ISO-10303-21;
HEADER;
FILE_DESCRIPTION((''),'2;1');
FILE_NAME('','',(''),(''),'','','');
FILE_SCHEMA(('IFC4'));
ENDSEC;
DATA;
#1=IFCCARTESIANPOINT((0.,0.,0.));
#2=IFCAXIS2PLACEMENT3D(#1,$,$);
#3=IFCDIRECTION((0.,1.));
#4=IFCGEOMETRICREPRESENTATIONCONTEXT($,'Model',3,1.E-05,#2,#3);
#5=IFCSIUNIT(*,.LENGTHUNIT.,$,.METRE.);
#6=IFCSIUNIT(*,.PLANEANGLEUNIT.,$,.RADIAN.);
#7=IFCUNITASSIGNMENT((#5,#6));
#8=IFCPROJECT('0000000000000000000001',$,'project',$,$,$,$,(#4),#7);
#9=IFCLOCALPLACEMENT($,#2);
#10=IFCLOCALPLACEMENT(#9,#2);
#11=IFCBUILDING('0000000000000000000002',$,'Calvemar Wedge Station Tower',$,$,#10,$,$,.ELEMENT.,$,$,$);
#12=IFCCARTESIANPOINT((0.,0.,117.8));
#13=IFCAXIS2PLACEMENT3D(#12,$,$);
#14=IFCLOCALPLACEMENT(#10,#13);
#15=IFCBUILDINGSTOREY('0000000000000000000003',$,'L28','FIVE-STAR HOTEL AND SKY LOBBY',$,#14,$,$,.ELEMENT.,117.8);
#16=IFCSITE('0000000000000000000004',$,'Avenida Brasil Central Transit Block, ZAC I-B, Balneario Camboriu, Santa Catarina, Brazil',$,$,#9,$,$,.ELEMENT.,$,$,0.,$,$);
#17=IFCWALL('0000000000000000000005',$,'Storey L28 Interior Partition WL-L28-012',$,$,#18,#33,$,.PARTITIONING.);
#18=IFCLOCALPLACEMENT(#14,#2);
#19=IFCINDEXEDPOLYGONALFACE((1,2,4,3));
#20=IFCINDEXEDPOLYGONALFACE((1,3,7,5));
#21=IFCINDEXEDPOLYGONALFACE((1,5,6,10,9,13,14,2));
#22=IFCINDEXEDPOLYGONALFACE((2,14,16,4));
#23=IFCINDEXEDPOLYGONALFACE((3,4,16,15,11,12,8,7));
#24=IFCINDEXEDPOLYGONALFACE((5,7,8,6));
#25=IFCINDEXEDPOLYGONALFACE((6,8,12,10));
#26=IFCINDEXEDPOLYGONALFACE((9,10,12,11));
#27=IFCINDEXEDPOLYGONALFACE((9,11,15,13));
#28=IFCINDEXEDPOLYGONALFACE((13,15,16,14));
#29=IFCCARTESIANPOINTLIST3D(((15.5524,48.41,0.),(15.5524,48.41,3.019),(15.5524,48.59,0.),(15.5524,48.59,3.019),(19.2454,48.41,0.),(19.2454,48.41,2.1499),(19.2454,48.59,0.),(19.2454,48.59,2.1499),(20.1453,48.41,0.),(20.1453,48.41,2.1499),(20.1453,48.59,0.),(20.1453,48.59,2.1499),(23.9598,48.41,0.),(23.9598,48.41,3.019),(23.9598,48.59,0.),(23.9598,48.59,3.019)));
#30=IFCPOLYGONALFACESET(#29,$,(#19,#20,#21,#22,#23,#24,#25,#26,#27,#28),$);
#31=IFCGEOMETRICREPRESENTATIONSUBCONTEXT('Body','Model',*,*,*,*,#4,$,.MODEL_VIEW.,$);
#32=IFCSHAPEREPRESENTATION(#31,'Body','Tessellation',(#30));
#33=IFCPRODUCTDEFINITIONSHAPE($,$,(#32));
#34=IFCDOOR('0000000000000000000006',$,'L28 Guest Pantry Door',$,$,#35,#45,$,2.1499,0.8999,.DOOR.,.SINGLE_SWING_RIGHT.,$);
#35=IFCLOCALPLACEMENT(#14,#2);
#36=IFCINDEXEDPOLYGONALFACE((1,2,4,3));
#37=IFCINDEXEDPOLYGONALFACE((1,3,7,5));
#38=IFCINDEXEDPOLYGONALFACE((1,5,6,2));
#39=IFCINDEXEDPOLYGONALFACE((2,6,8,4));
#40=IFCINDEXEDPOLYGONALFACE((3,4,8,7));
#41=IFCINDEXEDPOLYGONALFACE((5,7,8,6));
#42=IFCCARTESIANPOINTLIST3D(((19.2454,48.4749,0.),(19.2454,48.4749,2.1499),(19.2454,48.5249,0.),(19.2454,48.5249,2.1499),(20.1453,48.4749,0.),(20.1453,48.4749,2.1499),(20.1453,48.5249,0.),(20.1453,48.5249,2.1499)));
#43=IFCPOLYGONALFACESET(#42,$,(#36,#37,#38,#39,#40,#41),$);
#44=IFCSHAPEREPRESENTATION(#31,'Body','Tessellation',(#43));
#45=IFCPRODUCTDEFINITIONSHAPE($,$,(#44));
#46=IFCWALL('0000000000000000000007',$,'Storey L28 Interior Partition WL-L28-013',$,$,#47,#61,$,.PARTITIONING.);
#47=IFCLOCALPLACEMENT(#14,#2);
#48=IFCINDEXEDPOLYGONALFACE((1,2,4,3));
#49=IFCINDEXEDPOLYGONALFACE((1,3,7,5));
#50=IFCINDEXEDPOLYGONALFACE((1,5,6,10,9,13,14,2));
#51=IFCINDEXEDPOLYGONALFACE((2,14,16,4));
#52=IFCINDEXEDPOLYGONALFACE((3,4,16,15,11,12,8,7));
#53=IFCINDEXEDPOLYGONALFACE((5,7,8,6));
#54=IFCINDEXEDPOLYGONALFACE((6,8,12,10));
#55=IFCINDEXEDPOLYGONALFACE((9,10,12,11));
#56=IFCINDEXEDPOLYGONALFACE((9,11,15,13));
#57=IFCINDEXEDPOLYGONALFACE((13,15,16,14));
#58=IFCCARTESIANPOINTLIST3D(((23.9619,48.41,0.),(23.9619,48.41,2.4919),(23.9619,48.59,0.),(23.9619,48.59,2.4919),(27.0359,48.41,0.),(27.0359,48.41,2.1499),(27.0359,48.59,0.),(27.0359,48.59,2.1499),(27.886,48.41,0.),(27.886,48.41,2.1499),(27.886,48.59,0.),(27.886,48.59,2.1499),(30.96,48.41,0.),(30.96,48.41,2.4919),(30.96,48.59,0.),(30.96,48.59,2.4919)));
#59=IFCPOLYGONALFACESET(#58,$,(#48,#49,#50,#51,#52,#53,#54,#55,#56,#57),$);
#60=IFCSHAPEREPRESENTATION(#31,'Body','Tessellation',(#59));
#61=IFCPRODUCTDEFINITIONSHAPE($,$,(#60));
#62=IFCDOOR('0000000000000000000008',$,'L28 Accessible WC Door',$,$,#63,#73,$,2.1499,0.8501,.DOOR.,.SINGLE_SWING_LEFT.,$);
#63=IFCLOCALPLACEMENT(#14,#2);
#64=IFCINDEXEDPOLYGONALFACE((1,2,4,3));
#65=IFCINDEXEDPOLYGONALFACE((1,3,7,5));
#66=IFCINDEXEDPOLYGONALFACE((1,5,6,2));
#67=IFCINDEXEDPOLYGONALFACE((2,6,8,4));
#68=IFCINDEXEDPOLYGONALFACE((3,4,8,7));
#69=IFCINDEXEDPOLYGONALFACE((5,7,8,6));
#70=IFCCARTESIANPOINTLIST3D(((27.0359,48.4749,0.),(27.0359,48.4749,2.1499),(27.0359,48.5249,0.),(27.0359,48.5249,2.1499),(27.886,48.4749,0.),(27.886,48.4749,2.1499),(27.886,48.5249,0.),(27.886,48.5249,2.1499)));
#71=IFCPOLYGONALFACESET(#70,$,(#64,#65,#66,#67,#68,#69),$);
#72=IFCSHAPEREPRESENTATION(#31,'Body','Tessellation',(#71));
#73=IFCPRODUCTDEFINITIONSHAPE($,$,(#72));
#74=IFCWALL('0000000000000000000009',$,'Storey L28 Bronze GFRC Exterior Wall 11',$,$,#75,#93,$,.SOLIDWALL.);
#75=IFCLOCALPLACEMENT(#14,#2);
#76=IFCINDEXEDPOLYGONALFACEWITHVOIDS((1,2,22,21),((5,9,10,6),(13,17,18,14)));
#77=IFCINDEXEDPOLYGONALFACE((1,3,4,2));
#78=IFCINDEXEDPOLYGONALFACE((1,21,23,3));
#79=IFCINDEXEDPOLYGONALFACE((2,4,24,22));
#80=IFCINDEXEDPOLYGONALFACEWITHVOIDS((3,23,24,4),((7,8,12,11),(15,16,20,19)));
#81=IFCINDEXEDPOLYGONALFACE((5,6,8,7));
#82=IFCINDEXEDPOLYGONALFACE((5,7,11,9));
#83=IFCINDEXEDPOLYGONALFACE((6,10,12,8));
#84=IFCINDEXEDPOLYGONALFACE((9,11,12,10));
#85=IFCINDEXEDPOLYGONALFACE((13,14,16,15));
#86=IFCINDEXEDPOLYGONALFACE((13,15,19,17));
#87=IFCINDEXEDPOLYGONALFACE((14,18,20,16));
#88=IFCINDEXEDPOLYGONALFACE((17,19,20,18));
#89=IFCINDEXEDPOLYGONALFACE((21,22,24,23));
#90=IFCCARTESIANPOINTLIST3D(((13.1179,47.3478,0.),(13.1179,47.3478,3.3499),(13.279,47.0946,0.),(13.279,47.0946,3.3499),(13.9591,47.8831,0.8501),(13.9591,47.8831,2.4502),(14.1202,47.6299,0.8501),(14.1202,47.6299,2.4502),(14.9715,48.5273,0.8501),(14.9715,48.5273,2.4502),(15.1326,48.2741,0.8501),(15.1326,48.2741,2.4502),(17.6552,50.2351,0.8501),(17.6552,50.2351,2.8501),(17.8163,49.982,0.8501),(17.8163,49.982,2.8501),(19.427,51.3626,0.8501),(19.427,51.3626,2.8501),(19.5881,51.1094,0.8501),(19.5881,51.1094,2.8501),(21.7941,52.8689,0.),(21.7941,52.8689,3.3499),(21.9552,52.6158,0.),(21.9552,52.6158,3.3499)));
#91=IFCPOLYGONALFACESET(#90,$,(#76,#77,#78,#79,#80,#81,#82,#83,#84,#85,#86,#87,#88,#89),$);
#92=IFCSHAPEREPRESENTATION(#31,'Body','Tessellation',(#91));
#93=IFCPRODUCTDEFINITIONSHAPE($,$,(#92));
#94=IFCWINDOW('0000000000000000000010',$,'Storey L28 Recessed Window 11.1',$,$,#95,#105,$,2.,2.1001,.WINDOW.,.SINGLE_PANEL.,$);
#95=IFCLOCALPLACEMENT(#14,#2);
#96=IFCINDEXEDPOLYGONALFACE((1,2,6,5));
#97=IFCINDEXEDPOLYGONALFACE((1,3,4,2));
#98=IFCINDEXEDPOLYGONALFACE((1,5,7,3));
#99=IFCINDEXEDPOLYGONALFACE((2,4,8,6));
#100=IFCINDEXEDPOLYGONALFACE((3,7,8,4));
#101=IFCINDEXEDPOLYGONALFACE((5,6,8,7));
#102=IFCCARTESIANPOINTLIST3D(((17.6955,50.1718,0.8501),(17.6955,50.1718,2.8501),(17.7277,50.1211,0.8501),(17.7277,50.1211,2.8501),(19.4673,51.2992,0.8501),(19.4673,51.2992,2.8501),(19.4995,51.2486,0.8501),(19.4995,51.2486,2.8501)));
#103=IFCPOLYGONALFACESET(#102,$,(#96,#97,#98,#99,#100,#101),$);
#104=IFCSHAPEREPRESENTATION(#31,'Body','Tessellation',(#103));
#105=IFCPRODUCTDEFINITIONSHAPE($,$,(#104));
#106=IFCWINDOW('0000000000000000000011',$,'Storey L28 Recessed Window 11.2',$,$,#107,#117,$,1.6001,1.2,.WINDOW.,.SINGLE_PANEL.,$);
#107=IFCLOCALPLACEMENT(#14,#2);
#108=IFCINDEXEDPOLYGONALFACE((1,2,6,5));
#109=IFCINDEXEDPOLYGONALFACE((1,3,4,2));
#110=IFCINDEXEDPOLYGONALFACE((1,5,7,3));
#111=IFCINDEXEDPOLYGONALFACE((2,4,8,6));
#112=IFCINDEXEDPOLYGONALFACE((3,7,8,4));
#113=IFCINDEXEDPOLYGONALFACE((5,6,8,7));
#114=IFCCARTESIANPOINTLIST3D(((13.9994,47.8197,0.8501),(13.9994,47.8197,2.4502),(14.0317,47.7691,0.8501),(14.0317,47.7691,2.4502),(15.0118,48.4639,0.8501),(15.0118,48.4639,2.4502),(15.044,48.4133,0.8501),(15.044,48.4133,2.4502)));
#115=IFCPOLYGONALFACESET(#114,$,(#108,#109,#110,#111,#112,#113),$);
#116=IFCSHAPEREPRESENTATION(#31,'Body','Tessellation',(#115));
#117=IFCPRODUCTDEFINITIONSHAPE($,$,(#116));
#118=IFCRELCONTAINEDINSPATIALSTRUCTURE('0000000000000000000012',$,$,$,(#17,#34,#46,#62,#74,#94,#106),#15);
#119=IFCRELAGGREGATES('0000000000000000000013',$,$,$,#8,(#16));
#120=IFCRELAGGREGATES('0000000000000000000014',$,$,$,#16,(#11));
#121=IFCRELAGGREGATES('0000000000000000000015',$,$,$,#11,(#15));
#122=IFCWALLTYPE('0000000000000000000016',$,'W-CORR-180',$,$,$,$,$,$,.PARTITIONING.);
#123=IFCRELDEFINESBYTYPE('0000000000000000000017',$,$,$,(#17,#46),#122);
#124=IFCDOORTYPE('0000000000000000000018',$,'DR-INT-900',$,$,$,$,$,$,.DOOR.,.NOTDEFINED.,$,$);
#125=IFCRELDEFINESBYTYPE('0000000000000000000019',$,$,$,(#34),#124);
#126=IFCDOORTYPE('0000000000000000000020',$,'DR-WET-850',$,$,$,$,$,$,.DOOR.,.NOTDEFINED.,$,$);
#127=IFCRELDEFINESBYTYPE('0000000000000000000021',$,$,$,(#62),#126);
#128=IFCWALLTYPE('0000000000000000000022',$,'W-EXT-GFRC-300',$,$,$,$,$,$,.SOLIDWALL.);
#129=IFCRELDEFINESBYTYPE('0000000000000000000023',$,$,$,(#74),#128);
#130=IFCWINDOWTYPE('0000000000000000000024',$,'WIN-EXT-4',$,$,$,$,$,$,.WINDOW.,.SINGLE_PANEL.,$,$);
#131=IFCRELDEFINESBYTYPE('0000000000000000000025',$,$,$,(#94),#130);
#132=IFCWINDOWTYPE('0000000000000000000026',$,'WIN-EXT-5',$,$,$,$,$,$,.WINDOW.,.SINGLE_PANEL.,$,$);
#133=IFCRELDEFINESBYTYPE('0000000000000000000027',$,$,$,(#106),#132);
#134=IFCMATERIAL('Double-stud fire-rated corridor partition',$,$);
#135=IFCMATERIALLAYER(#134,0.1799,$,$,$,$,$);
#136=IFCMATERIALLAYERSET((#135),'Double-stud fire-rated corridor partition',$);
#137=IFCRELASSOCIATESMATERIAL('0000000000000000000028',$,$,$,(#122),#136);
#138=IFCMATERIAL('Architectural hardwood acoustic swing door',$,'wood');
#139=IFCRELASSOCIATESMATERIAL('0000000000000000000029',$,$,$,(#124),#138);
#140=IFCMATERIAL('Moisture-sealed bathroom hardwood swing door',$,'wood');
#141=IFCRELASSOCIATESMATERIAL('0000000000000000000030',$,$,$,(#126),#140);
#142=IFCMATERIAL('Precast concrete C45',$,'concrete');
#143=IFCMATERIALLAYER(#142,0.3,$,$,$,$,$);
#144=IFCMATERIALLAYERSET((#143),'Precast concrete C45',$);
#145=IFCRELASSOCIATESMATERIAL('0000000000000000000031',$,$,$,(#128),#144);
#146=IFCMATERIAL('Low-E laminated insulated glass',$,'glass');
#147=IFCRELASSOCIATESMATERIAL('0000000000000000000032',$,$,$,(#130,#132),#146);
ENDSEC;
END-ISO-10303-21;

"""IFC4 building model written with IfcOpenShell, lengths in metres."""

from ifc_helpers import new_model, si_unit, direction, frame, frame_2d, origin, place, context, subcontext, project, spatial, rectangle, extrude, source, transform, mapped, material, layer, layer_set, type_object, element, fill, save


model = new_model("IFC4")

# Units and contexts
model_context = context("Model", 3, precision=1e-05, world=origin(), true_north=direction((0.0, 1.0)))
body_context = subcontext(model_context, "Body", "Model", "MODEL_VIEW")
ifc_project = project(units=[si_unit("LENGTHUNIT", "METRE"), si_unit("PLANEANGLEUNIT", "RADIAN")], contexts=[model_context])

# Site, building, storey
site_placement = place(None, origin())
site = spatial("IfcSite", under=ifc_project, at=site_placement, Name="Avenida Brasil Central Transit Block, ZAC I-B, Balneario Camboriu, Santa Catarina, Brazil", CompositionType="ELEMENT", RefElevation=0.0)
building_placement = place(site_placement, origin())
building = spatial("IfcBuilding", under=site, at=building_placement, Name="Calvemar Wedge Station Tower", CompositionType="ELEMENT")
storey_placement = place(building_placement, frame((0.0, 0.0, 117.8)))
storey = spatial("IfcBuildingStorey", under=building, at=storey_placement, Name="L28", Description="FIVE-STAR HOTEL AND SKY LOBBY", CompositionType="ELEMENT", Elevation=117.8)

# Shared definitions
ifc_material_1 = material(Name="Precast concrete C45", Category="concrete")

# Shared definitions
ifc_material_2 = material(Name="Double-stud fire-rated corridor partition")
ifc_layer_1 = layer(ifc_material_2, 0.1799)
ifc_layer_set_1 = layer_set([ifc_layer_1], Name="Double-stud fire-rated corridor partition")
wall_type_1 = type_object("IfcWallType", Name="W-CORR-180", PredefinedType="PARTITIONING", material=ifc_layer_set_1)

# Walls, openings, doors
wall_1_placement = place(storey_placement, frame((15.5525, 48.5, 0.0), z_axis=(0.0, 0.0, 1.0), x_axis=(1.0, 0.0, 0.0)))
wall_1 = element("IfcWall", 1, at=wall_1_placement, inside=storey, type_object=wall_type_1, Name="Storey L28 Interior Partition WL-L28-012", PredefinedType="PARTITIONING", context=body_context, shape_type="SweptSolid", body=[
    extrude(rectangle(XDim=8.4075, YDim=0.1799, at=frame_2d((4.2036, 0.0))), origin(), (0.0, 0.0, 1.0), 3.019),
])
shared_shape_1 = source(origin(), body_context, "Body", "SweptSolid", [
    extrude(rectangle(XDim=0.8999, YDim=2.1499, at=frame_2d((0.45, 1.075))), frame((0.0, 0.1001, 0.0), z_axis=(0.0, -1.0, 0.0), x_axis=(1.0, 0.0, 0.0)), (0.0, 0.0, 1.0), 0.2),
])
opening_1_placement = place(wall_1_placement, frame((3.6929, 0.0, 0.0)))
opening_1 = element("IfcOpeningElement", 2, at=opening_1_placement, cuts=wall_1, PredefinedType="OPENING", context=body_context, shape_type="MappedRepresentation", body=[
    mapped(shared_shape_1, transform((0.0, 0.0, 0.0), scale=1.0)),
])
ifc_material_3 = material(Name="Architectural hardwood acoustic swing door", Category="wood")
door_type_1 = type_object("IfcDoorType", Name="DR-INT-900", OperationType="NOTDEFINED", PredefinedType="DOOR", material=ifc_material_3)
shared_shape_2 = source(origin(), body_context, "Body", "SweptSolid", [
    extrude(rectangle(XDim=0.8999, YDim=2.1499, at=frame_2d((0.45, 1.075))), frame((0.0, 0.0249, 0.0), z_axis=(0.0, -1.0, 0.0), x_axis=(1.0, 0.0, 0.0)), (0.0, 0.0, 1.0), 0.05),
])
door_1_placement = place(opening_1_placement, origin())
door_1 = element("IfcDoor", 3, at=door_1_placement, inside=storey, type_object=door_type_1, Name="L28 Guest Pantry Door", OperationType="SINGLE_SWING_RIGHT", OverallHeight=2.1499, OverallWidth=0.8999, PredefinedType="DOOR", context=body_context, shape_type="MappedRepresentation", body=[
    mapped(shared_shape_2, transform((0.0, 0.0, 0.0), scale=1.0)),
])
fill(opening_1, door_1)
wall_2_placement = place(storey_placement, frame((23.9619, 48.5, 0.0), z_axis=(0.0, 0.0, 1.0), x_axis=(1.0, 0.0, 0.0)))
wall_2 = element("IfcWall", 4, at=wall_2_placement, inside=storey, type_object=wall_type_1, Name="Storey L28 Interior Partition WL-L28-013", PredefinedType="PARTITIONING", context=body_context, shape_type="SweptSolid", body=[
    extrude(rectangle(XDim=6.998, YDim=0.1799, at=frame_2d((3.499, 0.0))), origin(), (0.0, 0.0, 1.0), 2.4919),
])
shared_shape_3 = source(origin(), body_context, "Body", "SweptSolid", [
    extrude(rectangle(XDim=0.8501, YDim=2.1499, at=frame_2d((0.425, 1.075))), frame((0.0, 0.1001, 0.0), z_axis=(0.0, -1.0, 0.0), x_axis=(1.0, 0.0, 0.0)), (0.0, 0.0, 1.0), 0.2),
])
opening_2_placement = place(wall_2_placement, frame((3.074, 0.0, 0.0)))
opening_2 = element("IfcOpeningElement", 5, at=opening_2_placement, cuts=wall_2, PredefinedType="OPENING", context=body_context, shape_type="MappedRepresentation", body=[
    mapped(shared_shape_3, transform((0.0, 0.0, 0.0), scale=1.0)),
])
ifc_material_4 = material(Name="Moisture-sealed bathroom hardwood swing door", Category="wood")
door_type_2 = type_object("IfcDoorType", Name="DR-WET-850", OperationType="NOTDEFINED", PredefinedType="DOOR", material=ifc_material_4)
shared_shape_4 = source(origin(), body_context, "Body", "SweptSolid", [
    extrude(rectangle(XDim=0.8501, YDim=2.1499, at=frame_2d((0.425, 1.075))), frame((0.0, 0.0249, 0.0), z_axis=(0.0, -1.0, 0.0), x_axis=(1.0, 0.0, 0.0)), (0.0, 0.0, 1.0), 0.05),
])
door_2_placement = place(opening_2_placement, origin())
door_2 = element("IfcDoor", 6, at=door_2_placement, inside=storey, type_object=door_type_2, Name="L28 Accessible WC Door", OperationType="SINGLE_SWING_LEFT", OverallHeight=2.1499, OverallWidth=0.8501, PredefinedType="DOOR", context=body_context, shape_type="MappedRepresentation", body=[
    mapped(shared_shape_4, transform((0.0, 0.0, 0.0), scale=1.0)),
])
fill(opening_2, door_2)

# Wall, openings, windows
ifc_layer_2 = layer(ifc_material_1, 0.3)
ifc_layer_set_2 = layer_set([ifc_layer_2], Name="Precast concrete C45")
wall_type_2 = type_object("IfcWallType", Name="W-EXT-GFRC-300", PredefinedType="SOLIDWALL", material=ifc_layer_set_2)
wall_3_placement = place(storey_placement, frame((21.8748, 52.7424, 0.0), z_axis=(0.0, 0.0, 1.0), x_axis=(-0.843662, -0.536874, 0.0)))
wall_3 = element("IfcWall", 7, at=wall_3_placement, inside=storey, type_object=wall_type_2, Name="Storey L28 Bronze GFRC Exterior Wall 11", PredefinedType="SOLIDWALL", context=body_context, shape_type="SweptSolid", body=[
    extrude(rectangle(XDim=10.2839, YDim=0.3, at=frame_2d((5.1421, 0.0))), origin(), (0.0, 0.0, 1.0), 3.3499),
])
shared_shape_5 = source(origin(), body_context, "Body", "SweptSolid", [
    extrude(rectangle(XDim=2.1001, YDim=2.0, at=frame_2d((1.05, 1.0))), frame((0.0, 0.1602, 0.0), z_axis=(0.0, -1.0, 0.0), x_axis=(1.0, 0.0, 0.0)), (0.0, 0.0, 1.0), 0.3201),
])
opening_3_placement = place(wall_3_placement, frame((2.8059, 0.0, 0.8501)))
opening_3 = element("IfcOpeningElement", 8, at=opening_3_placement, cuts=wall_3, PredefinedType="OPENING", context=body_context, shape_type="MappedRepresentation", body=[
    mapped(shared_shape_5, transform((0.0, 0.0, 0.0), scale=1.0)),
])
shared_shape_6 = source(origin(), body_context, "Body", "SweptSolid", [
    extrude(rectangle(XDim=1.2, YDim=1.6001, at=frame_2d((0.6001, 0.8))), frame((0.0, 0.1602, 0.0), z_axis=(0.0, -1.0, 0.0), x_axis=(1.0, 0.0, 0.0)), (0.0, 0.0, 1.0), 0.3201),
])
opening_4_placement = place(wall_3_placement, frame((8.0869, 0.0, 0.8501)))
opening_4 = element("IfcOpeningElement", 9, at=opening_4_placement, cuts=wall_3, PredefinedType="OPENING", context=body_context, shape_type="MappedRepresentation", body=[
    mapped(shared_shape_6, transform((0.0, 0.0, 0.0), scale=1.0)),
])
ifc_material_5 = material(Name="Low-E laminated insulated glass", Category="glass")
window_type_1 = type_object("IfcWindowType", Name="WIN-EXT-4", PartitioningType="SINGLE_PANEL", PredefinedType="WINDOW", material=ifc_material_5)
shared_shape_7 = source(origin(), body_context, "Body", "SweptSolid", [
    extrude(rectangle(XDim=2.1001, YDim=2.0, at=frame_2d((1.05, 1.0))), frame((0.0, -0.0149, 0.0), z_axis=(0.0, -1.0, 0.0), x_axis=(1.0, 0.0, 0.0)), (0.0, 0.0, 1.0), 0.0601),
])
window_1_placement = place(opening_3_placement, origin())
window_1 = element("IfcWindow", 10, at=window_1_placement, inside=storey, type_object=window_type_1, Name="Storey L28 Recessed Window 11.1", OverallHeight=2.0, OverallWidth=2.1001, PartitioningType="SINGLE_PANEL", PredefinedType="WINDOW", context=body_context, shape_type="MappedRepresentation", body=[
    mapped(shared_shape_7, transform((0.0, 0.0, 0.0), scale=1.0)),
])
fill(opening_3, window_1)
window_type_2 = type_object("IfcWindowType", Name="WIN-EXT-5", PartitioningType="SINGLE_PANEL", PredefinedType="WINDOW", material=ifc_material_5)
shared_shape_8 = source(origin(), body_context, "Body", "SweptSolid", [
    extrude(rectangle(XDim=1.2, YDim=1.6001, at=frame_2d((0.6001, 0.8))), frame((0.0, -0.0149, 0.0), z_axis=(0.0, -1.0, 0.0), x_axis=(1.0, 0.0, 0.0)), (0.0, 0.0, 1.0), 0.0601),
])
window_2_placement = place(opening_4_placement, origin())
window_2 = element("IfcWindow", 11, at=window_2_placement, inside=storey, type_object=window_type_2, Name="Storey L28 Recessed Window 11.2", OverallHeight=1.6001, OverallWidth=1.2, PartitioningType="SINGLE_PANEL", PredefinedType="WINDOW", context=body_context, shape_type="MappedRepresentation", body=[
    mapped(shared_shape_8, transform((0.0, 0.0, 0.0), scale=1.0)),
])
fill(opening_4, window_2)

save(model, "model.ifc")
